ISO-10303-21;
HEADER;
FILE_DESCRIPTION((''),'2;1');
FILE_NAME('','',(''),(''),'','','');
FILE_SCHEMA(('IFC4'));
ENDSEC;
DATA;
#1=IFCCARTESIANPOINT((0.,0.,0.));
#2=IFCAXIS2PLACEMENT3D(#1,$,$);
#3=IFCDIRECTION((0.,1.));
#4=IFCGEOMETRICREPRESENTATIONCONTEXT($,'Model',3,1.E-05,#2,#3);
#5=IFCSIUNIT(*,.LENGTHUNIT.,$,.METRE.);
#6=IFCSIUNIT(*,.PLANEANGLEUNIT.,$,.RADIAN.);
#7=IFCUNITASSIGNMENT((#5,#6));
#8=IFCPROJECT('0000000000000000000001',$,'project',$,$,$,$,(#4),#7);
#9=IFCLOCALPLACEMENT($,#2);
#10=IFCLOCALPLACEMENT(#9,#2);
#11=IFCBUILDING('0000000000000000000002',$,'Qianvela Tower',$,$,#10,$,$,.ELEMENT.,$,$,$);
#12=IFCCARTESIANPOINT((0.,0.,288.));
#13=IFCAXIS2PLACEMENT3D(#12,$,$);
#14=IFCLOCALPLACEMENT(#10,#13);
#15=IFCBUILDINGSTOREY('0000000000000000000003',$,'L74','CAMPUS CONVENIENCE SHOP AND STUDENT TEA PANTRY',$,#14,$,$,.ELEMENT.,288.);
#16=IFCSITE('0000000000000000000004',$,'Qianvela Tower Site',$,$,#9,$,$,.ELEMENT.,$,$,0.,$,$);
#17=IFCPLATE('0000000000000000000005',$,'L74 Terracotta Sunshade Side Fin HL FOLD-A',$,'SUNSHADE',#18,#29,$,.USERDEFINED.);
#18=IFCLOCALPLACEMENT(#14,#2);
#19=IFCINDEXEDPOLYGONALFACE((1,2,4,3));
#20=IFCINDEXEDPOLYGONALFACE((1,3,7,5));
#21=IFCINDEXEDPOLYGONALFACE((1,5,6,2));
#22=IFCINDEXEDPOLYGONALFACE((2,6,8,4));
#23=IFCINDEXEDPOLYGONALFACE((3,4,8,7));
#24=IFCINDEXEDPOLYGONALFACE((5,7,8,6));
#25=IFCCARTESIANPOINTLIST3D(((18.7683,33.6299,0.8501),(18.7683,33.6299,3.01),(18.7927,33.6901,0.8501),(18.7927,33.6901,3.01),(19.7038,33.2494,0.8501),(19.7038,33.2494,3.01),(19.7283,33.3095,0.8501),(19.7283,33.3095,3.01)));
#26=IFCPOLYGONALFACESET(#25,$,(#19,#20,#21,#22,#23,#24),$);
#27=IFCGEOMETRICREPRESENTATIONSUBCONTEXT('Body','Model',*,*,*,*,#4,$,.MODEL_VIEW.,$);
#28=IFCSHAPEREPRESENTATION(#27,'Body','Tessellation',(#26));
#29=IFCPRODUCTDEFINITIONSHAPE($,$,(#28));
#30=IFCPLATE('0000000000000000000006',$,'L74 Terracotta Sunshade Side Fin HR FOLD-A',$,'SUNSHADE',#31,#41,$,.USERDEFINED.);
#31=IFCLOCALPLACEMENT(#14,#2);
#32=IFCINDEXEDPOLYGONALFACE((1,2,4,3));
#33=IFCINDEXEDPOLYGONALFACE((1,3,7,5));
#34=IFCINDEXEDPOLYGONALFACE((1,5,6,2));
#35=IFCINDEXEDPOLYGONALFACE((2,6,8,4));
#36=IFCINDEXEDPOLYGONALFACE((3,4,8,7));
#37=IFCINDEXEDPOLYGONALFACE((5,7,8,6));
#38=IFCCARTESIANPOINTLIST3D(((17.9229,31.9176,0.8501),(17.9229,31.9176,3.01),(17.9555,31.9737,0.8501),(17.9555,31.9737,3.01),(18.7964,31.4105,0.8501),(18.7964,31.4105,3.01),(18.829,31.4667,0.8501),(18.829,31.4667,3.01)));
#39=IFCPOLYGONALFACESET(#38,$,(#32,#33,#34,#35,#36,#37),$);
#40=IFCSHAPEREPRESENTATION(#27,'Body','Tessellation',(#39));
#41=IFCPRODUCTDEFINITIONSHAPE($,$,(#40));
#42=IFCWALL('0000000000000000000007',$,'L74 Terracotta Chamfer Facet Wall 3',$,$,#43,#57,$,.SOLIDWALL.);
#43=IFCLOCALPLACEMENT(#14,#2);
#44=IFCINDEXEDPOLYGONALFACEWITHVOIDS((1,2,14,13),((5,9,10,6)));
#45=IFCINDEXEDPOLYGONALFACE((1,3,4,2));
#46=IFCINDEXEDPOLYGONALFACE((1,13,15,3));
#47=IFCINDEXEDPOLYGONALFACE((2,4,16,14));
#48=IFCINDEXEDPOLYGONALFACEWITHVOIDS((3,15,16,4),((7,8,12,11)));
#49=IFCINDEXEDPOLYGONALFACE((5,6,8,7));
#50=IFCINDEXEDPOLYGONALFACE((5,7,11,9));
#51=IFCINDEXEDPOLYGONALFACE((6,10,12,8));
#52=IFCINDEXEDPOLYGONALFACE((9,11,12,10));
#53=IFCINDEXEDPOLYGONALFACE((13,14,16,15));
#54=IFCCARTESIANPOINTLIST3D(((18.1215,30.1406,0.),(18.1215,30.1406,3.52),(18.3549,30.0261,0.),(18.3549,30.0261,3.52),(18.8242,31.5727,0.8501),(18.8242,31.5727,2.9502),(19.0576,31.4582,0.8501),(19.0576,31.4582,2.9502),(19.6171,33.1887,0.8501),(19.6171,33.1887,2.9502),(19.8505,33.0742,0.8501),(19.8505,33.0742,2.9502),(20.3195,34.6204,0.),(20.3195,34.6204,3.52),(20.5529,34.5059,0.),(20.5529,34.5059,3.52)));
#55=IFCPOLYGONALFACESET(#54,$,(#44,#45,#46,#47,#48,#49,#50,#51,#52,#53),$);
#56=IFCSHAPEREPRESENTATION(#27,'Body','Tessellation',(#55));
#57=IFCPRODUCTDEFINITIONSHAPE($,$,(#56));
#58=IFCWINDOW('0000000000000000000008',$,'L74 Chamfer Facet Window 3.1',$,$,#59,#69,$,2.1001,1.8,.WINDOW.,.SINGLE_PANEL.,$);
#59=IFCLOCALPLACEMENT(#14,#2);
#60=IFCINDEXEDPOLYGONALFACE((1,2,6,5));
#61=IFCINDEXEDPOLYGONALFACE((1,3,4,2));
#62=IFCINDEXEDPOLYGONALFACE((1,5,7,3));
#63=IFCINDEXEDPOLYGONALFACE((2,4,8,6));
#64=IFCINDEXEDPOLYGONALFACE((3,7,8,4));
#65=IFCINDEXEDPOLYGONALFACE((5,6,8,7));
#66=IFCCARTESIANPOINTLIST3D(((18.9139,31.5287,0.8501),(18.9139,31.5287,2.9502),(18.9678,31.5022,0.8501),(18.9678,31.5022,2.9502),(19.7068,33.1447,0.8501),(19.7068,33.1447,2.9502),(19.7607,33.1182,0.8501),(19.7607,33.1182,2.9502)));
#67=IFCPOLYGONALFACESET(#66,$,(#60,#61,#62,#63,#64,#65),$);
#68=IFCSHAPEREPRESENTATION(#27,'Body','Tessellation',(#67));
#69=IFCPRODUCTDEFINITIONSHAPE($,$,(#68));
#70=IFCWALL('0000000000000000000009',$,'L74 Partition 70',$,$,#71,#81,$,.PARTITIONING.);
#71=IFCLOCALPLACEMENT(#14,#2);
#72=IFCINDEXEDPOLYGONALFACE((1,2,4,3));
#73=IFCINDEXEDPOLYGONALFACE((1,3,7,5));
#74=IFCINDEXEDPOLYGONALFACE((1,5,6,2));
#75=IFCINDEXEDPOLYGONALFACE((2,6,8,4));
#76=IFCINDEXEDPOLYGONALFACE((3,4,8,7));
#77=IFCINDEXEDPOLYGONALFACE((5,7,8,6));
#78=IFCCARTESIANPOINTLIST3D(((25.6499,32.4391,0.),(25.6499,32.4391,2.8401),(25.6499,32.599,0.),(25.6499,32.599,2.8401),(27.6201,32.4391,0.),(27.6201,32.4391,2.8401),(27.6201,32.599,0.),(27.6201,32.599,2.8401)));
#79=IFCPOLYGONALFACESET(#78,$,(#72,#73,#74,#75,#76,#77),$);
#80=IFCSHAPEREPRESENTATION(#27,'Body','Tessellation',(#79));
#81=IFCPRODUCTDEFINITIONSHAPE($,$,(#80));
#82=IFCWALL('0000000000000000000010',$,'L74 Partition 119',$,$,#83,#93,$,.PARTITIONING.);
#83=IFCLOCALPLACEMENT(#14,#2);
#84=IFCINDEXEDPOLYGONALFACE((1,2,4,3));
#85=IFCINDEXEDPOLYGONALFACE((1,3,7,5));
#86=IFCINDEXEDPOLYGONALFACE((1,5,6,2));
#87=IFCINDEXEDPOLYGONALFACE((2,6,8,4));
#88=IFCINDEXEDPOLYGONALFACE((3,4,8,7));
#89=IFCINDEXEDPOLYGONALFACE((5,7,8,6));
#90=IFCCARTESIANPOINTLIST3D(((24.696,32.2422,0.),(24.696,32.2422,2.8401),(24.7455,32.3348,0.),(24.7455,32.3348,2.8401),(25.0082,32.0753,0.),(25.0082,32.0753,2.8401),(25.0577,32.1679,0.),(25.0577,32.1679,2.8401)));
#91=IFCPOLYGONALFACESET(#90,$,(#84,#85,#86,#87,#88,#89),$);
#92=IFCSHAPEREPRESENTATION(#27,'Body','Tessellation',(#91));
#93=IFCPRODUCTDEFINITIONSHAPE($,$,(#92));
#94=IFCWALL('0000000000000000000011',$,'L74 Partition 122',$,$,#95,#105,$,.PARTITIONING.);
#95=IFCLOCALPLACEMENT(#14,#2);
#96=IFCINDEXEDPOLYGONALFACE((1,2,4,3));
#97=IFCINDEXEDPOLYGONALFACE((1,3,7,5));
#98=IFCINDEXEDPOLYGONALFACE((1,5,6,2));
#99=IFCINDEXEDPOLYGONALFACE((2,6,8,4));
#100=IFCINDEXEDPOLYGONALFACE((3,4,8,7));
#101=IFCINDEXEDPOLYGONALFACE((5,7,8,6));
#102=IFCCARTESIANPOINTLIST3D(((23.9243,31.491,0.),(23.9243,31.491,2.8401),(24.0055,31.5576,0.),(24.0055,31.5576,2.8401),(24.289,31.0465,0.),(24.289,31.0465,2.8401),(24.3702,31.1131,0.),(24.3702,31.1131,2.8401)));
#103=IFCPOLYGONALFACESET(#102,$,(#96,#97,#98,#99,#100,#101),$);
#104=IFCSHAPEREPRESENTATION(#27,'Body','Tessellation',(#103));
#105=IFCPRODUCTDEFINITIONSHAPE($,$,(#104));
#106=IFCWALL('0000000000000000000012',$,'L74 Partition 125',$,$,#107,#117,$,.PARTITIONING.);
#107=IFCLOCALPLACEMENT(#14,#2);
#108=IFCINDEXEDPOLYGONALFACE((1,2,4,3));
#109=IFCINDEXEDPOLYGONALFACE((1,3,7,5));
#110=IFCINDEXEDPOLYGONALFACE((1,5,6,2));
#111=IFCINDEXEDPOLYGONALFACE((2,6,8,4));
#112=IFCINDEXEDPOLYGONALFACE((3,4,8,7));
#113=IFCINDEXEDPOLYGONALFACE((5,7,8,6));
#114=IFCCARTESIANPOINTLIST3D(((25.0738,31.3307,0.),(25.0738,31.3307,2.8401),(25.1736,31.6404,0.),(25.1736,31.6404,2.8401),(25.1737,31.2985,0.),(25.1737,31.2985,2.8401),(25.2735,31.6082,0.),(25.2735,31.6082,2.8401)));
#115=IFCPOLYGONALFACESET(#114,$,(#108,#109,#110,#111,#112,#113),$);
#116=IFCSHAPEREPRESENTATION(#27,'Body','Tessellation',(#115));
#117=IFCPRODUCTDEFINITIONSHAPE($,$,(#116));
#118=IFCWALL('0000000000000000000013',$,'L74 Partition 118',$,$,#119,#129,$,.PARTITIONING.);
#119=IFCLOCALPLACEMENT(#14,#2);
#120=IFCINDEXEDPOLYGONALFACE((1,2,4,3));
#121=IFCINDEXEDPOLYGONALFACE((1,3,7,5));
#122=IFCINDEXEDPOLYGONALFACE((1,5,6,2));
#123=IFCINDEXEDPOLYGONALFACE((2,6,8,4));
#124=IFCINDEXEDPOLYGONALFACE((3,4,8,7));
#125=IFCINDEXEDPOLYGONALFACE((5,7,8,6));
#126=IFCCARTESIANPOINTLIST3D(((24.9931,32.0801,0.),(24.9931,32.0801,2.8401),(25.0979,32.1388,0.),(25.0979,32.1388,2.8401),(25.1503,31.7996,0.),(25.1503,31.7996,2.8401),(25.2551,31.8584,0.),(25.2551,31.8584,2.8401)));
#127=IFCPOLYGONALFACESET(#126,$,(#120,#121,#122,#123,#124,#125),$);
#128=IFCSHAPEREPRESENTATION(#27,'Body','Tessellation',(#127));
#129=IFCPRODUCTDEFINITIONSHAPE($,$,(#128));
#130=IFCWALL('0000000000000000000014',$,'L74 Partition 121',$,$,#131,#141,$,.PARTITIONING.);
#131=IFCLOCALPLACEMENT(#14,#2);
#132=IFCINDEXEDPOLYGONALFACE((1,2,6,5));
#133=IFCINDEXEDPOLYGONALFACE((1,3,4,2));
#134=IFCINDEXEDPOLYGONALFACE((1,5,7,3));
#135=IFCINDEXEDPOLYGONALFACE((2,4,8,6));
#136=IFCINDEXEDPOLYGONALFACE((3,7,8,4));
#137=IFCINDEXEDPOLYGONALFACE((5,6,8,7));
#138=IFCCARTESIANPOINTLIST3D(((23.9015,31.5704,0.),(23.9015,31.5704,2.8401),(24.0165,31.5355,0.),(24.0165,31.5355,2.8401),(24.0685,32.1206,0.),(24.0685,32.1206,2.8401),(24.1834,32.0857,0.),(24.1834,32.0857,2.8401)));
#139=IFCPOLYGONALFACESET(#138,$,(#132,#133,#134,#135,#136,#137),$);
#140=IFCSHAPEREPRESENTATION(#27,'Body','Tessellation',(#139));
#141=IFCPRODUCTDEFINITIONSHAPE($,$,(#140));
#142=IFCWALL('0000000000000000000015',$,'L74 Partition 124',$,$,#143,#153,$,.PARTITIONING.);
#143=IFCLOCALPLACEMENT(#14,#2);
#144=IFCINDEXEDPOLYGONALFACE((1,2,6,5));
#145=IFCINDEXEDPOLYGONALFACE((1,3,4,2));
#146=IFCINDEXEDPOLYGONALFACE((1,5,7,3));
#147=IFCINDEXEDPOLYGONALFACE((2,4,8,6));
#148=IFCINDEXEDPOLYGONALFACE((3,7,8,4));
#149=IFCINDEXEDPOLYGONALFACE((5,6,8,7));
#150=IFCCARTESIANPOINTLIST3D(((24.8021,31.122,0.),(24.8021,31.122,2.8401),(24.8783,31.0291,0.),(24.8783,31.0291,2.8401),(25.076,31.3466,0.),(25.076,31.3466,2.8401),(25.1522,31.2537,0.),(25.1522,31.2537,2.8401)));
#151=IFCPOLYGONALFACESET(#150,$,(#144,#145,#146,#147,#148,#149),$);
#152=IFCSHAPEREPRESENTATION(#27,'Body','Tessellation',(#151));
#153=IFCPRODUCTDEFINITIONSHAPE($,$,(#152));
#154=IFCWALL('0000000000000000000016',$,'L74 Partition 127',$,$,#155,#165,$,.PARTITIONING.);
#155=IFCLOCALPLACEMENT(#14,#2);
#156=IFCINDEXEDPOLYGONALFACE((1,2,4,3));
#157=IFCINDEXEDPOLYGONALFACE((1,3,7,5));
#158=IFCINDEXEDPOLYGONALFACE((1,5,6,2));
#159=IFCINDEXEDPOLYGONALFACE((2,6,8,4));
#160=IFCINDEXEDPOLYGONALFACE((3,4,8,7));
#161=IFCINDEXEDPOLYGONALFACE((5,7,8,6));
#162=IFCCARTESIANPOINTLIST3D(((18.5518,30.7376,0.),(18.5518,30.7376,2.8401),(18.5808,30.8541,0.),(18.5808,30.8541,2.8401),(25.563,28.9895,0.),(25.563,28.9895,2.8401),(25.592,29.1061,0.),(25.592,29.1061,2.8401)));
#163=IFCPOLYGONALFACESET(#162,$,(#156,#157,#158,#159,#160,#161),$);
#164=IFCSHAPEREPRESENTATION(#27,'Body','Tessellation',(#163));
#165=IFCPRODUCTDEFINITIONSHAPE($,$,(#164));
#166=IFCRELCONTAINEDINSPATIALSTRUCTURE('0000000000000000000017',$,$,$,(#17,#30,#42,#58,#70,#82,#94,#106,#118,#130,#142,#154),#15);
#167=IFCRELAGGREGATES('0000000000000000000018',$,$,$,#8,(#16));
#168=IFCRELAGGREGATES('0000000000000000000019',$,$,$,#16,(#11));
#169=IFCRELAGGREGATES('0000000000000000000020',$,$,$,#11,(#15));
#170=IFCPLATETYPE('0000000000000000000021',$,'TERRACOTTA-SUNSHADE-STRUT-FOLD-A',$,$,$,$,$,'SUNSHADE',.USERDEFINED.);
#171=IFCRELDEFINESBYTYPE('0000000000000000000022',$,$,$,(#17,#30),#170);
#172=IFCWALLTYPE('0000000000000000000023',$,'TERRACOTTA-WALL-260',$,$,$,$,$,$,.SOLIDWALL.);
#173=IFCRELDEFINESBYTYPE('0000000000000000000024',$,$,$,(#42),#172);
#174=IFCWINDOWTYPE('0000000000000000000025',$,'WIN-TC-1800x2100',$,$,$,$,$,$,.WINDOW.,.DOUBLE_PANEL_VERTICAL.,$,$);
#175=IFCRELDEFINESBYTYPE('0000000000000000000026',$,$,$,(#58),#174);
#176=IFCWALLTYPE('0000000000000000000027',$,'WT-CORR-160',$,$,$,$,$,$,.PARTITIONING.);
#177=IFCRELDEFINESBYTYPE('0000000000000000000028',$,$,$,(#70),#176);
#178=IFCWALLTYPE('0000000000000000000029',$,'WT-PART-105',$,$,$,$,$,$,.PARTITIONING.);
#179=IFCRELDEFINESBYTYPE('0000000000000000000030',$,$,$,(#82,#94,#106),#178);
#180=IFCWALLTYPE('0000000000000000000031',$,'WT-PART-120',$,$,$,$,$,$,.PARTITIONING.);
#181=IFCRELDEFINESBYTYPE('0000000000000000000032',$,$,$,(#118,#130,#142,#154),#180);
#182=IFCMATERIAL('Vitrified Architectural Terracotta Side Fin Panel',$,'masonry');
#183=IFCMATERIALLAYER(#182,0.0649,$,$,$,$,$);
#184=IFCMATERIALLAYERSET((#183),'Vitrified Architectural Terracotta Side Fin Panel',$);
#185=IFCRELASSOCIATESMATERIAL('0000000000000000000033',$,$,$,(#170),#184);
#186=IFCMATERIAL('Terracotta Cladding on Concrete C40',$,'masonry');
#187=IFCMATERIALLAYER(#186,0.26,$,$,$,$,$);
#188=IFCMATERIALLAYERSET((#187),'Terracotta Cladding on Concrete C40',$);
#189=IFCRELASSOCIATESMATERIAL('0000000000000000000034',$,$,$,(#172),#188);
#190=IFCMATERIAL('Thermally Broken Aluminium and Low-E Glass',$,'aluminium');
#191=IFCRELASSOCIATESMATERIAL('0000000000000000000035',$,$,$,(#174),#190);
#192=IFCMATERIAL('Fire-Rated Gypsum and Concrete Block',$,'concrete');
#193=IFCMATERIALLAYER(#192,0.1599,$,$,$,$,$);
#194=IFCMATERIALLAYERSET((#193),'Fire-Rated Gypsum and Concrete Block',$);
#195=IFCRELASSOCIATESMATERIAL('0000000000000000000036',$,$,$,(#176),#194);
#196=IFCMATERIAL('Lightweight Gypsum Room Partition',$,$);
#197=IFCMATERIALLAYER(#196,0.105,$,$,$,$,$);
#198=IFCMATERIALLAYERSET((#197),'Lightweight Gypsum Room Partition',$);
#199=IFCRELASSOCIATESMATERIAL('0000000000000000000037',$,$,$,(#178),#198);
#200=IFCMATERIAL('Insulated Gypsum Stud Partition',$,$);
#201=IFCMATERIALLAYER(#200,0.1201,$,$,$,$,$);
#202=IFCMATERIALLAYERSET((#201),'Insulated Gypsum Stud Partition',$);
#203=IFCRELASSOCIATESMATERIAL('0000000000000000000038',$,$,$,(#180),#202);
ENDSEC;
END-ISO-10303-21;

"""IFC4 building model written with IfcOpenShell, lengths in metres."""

from ifc_helpers import new_model, si_unit, direction, frame, frame_2d, origin, origin_2d, place, context, subcontext, project, spatial, rectangle, extrude, material, layer, layer_set, type_object, element, fill, save


model = new_model("IFC4")

# Units and contexts
model_context = context("Model", 3, precision=1e-05, world=origin(), true_north=direction((0.0, 1.0)))
body_context = subcontext(model_context, "Body", "Model", "MODEL_VIEW")
ifc_project = project(units=[si_unit("LENGTHUNIT", "METRE"), si_unit("PLANEANGLEUNIT", "RADIAN")], contexts=[model_context])

# Site, building, storey
site_placement = place(None, origin())
site = spatial("IfcSite", under=ifc_project, at=site_placement, Name="Qianvela Tower Site", CompositionType="ELEMENT", RefElevation=0.0)
building_placement = place(site_placement, origin())
building = spatial("IfcBuilding", under=site, at=building_placement, Name="Qianvela Tower", CompositionType="ELEMENT")
storey_placement = place(building_placement, frame((0.0, 0.0, 288.0)))
storey = spatial("IfcBuildingStorey", under=building, at=storey_placement, Name="L74", Description="CAMPUS CONVENIENCE SHOP AND STUDENT TEA PANTRY", CompositionType="ELEMENT", Elevation=288.0)

# Plates
ifc_material_1 = material(Name="Vitrified Architectural Terracotta Side Fin Panel", Category="masonry")
ifc_layer_1 = layer(ifc_material_1, 0.0649)
ifc_layer_set_1 = layer_set([ifc_layer_1], Name="Vitrified Architectural Terracotta Side Fin Panel")
plate_type_1 = type_object("IfcPlateType", Name="TERRACOTTA-SUNSHADE-STRUT-FOLD-A", ElementType="SUNSHADE", PredefinedType="USERDEFINED", material=ifc_layer_set_1)
for number, where, z_axis, x_axis, name in (
    (1, (19.2483, 33.4697, 0.8501), (0.0, 0.0, 1.0), (-0.376777, -0.926304, 0.0), "L74 Terracotta Sunshade Side Fin HL FOLD-A"),
    (2, (18.376, 31.6921, 0.8501), (0.0, 0.0, 1.0), (-0.502027, -0.864852, 0.0), "L74 Terracotta Sunshade Side Fin HR FOLD-A"),
):
    element("IfcPlate", number, at=place(storey_placement, frame(where, z_axis=z_axis, x_axis=x_axis)), inside=storey, type_object=plate_type_1, Name=name, ObjectType="SUNSHADE", PredefinedType="USERDEFINED", context=body_context, shape_type="SweptSolid", body=[
        extrude(rectangle(XDim=0.0649, YDim=1.01, at=origin_2d()), origin(), (0.0, 0.0, 1.0), 2.1599),
    ])

# Wall, opening, window
ifc_material_2 = material(Name="Terracotta Cladding on Concrete C40", Category="masonry")
ifc_layer_2 = layer(ifc_material_2, 0.26)
ifc_layer_set_2 = layer_set([ifc_layer_2], Name="Terracotta Cladding on Concrete C40")
wall_type_1 = type_object("IfcWallType", Name="TERRACOTTA-WALL-260", PredefinedType="SOLIDWALL", material=ifc_layer_set_2)
wall_1_placement = place(storey_placement, frame((20.4363, 34.5632, 0.0), z_axis=(0.0, 0.0, 1.0), x_axis=(-0.440488, -0.897758, 0.0)))
wall_1 = element("IfcWall", 3, at=wall_1_placement, inside=storey, type_object=wall_type_1, Name="L74 Terracotta Chamfer Facet Wall 3", PredefinedType="SOLIDWALL", context=body_context, shape_type="SweptSolid", body=[
    extrude(rectangle(XDim=4.99, YDim=0.26, at=frame_2d((2.4951, 0.0))), origin(), (0.0, 0.0, 1.0), 3.52),
])
opening_1_placement = place(wall_1_placement, frame((1.595, 0.0, 0.8501)))
opening_1 = element("IfcOpeningElement", 4, at=opening_1_placement, cuts=wall_1, PredefinedType="OPENING", context=body_context, shape_type="SweptSolid", body=[
    extrude(rectangle(XDim=1.8, YDim=2.1001, at=frame_2d((0.8999, 1.05))), frame((0.0, 0.1399, 0.0), z_axis=(0.0, -1.0, 0.0), x_axis=(1.0, 0.0, 0.0)), (0.0, 0.0, 1.0), 0.28),
])
ifc_material_3 = material(Name="Thermally Broken Aluminium and Low-E Glass", Category="aluminium")
window_type = type_object("IfcWindowType", Name="WIN-TC-1800x2100", PartitioningType="DOUBLE_PANEL_VERTICAL", PredefinedType="WINDOW", material=ifc_material_3)
window_placement = place(opening_1_placement, origin())
window = element("IfcWindow", 5, at=window_placement, inside=storey, type_object=window_type, Name="L74 Chamfer Facet Window 3.1", OverallHeight=2.1001, OverallWidth=1.8, PartitioningType="SINGLE_PANEL", PredefinedType="WINDOW", context=body_context, shape_type="SweptSolid", body=[
    extrude(rectangle(XDim=1.8, YDim=2.1001, at=frame_2d((0.8999, 1.05))), frame((0.0, 0.03, 0.0), z_axis=(0.0, -1.0, 0.0), x_axis=(1.0, 0.0, 0.0)), (0.0, 0.0, 1.0), 0.0601),
])
fill(opening_1, window)

# Walls
ifc_material_4 = material(Name="Fire-Rated Gypsum and Concrete Block", Category="concrete")
ifc_layer_3 = layer(ifc_material_4, 0.1599)
ifc_layer_set_3 = layer_set([ifc_layer_3], Name="Fire-Rated Gypsum and Concrete Block")
wall_type_2 = type_object("IfcWallType", Name="WT-CORR-160", PredefinedType="PARTITIONING", material=ifc_layer_set_3)
wall_2_placement = place(storey_placement, frame((25.6499, 32.519, 0.0), z_axis=(0.0, 0.0, 1.0), x_axis=(1.0, 0.0, 0.0)))
element("IfcWall", 6, at=wall_2_placement, inside=storey, type_object=wall_type_2, Name="L74 Partition 70", PredefinedType="PARTITIONING", context=body_context, shape_type="SweptSolid", body=[
    extrude(rectangle(XDim=1.9702, YDim=0.1599, at=frame_2d((0.9851, 0.0))), origin(), (0.0, 0.0, 1.0), 2.8401),
])
ifc_material_5 = material(Name="Lightweight Gypsum Room Partition")
ifc_layer_4 = layer(ifc_material_5, 0.105)
ifc_layer_set_4 = layer_set([ifc_layer_4], Name="Lightweight Gypsum Room Partition")
wall_type_3 = type_object("IfcWallType", Name="WT-PART-105", PredefinedType="PARTITIONING", material=ifc_layer_set_4)
wall_3_placement = place(storey_placement, frame((25.033, 32.1216, 0.0), z_axis=(0.0, 0.0, 1.0), x_axis=(-0.881818, 0.47159, 0.0)))
element("IfcWall", 7, at=wall_3_placement, inside=storey, type_object=wall_type_3, Name="L74 Partition 119", PredefinedType="PARTITIONING", context=body_context, shape_type="SweptSolid", body=[
    extrude(rectangle(XDim=0.354, YDim=0.105, at=frame_2d((0.177, 0.0))), origin(), (0.0, 0.0, 1.0), 2.8401),
])
wall_4_placement = place(storey_placement, frame((23.9648, 31.5244, 0.0), z_axis=(0.0, 0.0, 1.0), x_axis=(0.634278, -0.773105, 0.0)))
element("IfcWall", 8, at=wall_4_placement, inside=storey, type_object=wall_type_3, Name="L74 Partition 122", PredefinedType="PARTITIONING", context=body_context, shape_type="SweptSolid", body=[
    extrude(rectangle(XDim=0.575, YDim=0.105, at=frame_2d((0.2876, 0.0))), origin(), (0.0, 0.0, 1.0), 2.8401),
])
wall_5_placement = place(storey_placement, frame((25.1238, 31.3147, 0.0), z_axis=(0.0, 0.0, 1.0), x_axis=(0.306762, 0.951786, 0.0)))
element("IfcWall", 9, at=wall_5_placement, inside=storey, type_object=wall_type_3, Name="L74 Partition 125", PredefinedType="PARTITIONING", context=body_context, shape_type="SweptSolid", body=[
    extrude(rectangle(XDim=0.3254, YDim=0.105, at=frame_2d((0.1626, 0.0))), origin(), (0.0, 0.0, 1.0), 2.8401),
])
ifc_material_6 = material(Name="Insulated Gypsum Stud Partition")
ifc_layer_5 = layer(ifc_material_6, 0.1201)
ifc_layer_set_5 = layer_set([ifc_layer_5], Name="Insulated Gypsum Stud Partition")
wall_type_4 = type_object("IfcWallType", Name="WT-PART-120", PredefinedType="PARTITIONING", material=ifc_layer_set_5)
wall_6_placement = place(storey_placement, frame((25.2026, 31.8291, 0.0), z_axis=(0.0, 0.0, 1.0), x_axis=(-0.488927, 0.872325, 0.0)))
element("IfcWall", 10, at=wall_6_placement, inside=storey, type_object=wall_type_4, Name="L74 Partition 118", PredefinedType="PARTITIONING", context=body_context, shape_type="SweptSolid", body=[
    extrude(rectangle(XDim=0.3215, YDim=0.1201, at=frame_2d((0.1606, 0.0))), origin(), (0.0, 0.0, 1.0), 2.8401),
])
wall_7_placement = place(storey_placement, frame((24.126, 32.1033, 0.0), z_axis=(0.0, 0.0, 1.0), x_axis=(-0.290384, -0.95691, 0.0)))
element("IfcWall", 11, at=wall_7_placement, inside=storey, type_object=wall_type_4, Name="L74 Partition 121", PredefinedType="PARTITIONING", context=body_context, shape_type="SweptSolid", body=[
    extrude(rectangle(XDim=0.575, YDim=0.1201, at=frame_2d((0.2876, 0.0))), origin(), (0.0, 0.0, 1.0), 2.8401),
])
wall_8_placement = place(storey_placement, frame((24.8401, 31.0754, 0.0), z_axis=(0.0, 0.0, 1.0), x_axis=(0.773281, 0.634063, 0.0)))
element("IfcWall", 12, at=wall_8_placement, inside=storey, type_object=wall_type_4, Name="L74 Partition 124", PredefinedType="PARTITIONING", context=body_context, shape_type="SweptSolid", body=[
    extrude(rectangle(XDim=0.3542, YDim=0.1201, at=frame_2d((0.1772, 0.0))), origin(), (0.0, 0.0, 1.0), 2.8401),
])
wall_9_placement = place(storey_placement, frame((25.5774, 29.0479, 0.0), z_axis=(0.0, 0.0, 1.0), x_axis=(-0.970297, 0.241915, 0.0)))
element("IfcWall", 13, at=wall_9_placement, inside=storey, type_object=wall_type_4, Name="L74 Partition 127", PredefinedType="PARTITIONING", context=body_context, shape_type="SweptSolid", body=[
    extrude(rectangle(XDim=7.2258, YDim=0.1201, at=frame_2d((3.6128, 0.0))), origin(), (0.0, 0.0, 1.0), 2.8401),
])

save(model, "model.ifc")
